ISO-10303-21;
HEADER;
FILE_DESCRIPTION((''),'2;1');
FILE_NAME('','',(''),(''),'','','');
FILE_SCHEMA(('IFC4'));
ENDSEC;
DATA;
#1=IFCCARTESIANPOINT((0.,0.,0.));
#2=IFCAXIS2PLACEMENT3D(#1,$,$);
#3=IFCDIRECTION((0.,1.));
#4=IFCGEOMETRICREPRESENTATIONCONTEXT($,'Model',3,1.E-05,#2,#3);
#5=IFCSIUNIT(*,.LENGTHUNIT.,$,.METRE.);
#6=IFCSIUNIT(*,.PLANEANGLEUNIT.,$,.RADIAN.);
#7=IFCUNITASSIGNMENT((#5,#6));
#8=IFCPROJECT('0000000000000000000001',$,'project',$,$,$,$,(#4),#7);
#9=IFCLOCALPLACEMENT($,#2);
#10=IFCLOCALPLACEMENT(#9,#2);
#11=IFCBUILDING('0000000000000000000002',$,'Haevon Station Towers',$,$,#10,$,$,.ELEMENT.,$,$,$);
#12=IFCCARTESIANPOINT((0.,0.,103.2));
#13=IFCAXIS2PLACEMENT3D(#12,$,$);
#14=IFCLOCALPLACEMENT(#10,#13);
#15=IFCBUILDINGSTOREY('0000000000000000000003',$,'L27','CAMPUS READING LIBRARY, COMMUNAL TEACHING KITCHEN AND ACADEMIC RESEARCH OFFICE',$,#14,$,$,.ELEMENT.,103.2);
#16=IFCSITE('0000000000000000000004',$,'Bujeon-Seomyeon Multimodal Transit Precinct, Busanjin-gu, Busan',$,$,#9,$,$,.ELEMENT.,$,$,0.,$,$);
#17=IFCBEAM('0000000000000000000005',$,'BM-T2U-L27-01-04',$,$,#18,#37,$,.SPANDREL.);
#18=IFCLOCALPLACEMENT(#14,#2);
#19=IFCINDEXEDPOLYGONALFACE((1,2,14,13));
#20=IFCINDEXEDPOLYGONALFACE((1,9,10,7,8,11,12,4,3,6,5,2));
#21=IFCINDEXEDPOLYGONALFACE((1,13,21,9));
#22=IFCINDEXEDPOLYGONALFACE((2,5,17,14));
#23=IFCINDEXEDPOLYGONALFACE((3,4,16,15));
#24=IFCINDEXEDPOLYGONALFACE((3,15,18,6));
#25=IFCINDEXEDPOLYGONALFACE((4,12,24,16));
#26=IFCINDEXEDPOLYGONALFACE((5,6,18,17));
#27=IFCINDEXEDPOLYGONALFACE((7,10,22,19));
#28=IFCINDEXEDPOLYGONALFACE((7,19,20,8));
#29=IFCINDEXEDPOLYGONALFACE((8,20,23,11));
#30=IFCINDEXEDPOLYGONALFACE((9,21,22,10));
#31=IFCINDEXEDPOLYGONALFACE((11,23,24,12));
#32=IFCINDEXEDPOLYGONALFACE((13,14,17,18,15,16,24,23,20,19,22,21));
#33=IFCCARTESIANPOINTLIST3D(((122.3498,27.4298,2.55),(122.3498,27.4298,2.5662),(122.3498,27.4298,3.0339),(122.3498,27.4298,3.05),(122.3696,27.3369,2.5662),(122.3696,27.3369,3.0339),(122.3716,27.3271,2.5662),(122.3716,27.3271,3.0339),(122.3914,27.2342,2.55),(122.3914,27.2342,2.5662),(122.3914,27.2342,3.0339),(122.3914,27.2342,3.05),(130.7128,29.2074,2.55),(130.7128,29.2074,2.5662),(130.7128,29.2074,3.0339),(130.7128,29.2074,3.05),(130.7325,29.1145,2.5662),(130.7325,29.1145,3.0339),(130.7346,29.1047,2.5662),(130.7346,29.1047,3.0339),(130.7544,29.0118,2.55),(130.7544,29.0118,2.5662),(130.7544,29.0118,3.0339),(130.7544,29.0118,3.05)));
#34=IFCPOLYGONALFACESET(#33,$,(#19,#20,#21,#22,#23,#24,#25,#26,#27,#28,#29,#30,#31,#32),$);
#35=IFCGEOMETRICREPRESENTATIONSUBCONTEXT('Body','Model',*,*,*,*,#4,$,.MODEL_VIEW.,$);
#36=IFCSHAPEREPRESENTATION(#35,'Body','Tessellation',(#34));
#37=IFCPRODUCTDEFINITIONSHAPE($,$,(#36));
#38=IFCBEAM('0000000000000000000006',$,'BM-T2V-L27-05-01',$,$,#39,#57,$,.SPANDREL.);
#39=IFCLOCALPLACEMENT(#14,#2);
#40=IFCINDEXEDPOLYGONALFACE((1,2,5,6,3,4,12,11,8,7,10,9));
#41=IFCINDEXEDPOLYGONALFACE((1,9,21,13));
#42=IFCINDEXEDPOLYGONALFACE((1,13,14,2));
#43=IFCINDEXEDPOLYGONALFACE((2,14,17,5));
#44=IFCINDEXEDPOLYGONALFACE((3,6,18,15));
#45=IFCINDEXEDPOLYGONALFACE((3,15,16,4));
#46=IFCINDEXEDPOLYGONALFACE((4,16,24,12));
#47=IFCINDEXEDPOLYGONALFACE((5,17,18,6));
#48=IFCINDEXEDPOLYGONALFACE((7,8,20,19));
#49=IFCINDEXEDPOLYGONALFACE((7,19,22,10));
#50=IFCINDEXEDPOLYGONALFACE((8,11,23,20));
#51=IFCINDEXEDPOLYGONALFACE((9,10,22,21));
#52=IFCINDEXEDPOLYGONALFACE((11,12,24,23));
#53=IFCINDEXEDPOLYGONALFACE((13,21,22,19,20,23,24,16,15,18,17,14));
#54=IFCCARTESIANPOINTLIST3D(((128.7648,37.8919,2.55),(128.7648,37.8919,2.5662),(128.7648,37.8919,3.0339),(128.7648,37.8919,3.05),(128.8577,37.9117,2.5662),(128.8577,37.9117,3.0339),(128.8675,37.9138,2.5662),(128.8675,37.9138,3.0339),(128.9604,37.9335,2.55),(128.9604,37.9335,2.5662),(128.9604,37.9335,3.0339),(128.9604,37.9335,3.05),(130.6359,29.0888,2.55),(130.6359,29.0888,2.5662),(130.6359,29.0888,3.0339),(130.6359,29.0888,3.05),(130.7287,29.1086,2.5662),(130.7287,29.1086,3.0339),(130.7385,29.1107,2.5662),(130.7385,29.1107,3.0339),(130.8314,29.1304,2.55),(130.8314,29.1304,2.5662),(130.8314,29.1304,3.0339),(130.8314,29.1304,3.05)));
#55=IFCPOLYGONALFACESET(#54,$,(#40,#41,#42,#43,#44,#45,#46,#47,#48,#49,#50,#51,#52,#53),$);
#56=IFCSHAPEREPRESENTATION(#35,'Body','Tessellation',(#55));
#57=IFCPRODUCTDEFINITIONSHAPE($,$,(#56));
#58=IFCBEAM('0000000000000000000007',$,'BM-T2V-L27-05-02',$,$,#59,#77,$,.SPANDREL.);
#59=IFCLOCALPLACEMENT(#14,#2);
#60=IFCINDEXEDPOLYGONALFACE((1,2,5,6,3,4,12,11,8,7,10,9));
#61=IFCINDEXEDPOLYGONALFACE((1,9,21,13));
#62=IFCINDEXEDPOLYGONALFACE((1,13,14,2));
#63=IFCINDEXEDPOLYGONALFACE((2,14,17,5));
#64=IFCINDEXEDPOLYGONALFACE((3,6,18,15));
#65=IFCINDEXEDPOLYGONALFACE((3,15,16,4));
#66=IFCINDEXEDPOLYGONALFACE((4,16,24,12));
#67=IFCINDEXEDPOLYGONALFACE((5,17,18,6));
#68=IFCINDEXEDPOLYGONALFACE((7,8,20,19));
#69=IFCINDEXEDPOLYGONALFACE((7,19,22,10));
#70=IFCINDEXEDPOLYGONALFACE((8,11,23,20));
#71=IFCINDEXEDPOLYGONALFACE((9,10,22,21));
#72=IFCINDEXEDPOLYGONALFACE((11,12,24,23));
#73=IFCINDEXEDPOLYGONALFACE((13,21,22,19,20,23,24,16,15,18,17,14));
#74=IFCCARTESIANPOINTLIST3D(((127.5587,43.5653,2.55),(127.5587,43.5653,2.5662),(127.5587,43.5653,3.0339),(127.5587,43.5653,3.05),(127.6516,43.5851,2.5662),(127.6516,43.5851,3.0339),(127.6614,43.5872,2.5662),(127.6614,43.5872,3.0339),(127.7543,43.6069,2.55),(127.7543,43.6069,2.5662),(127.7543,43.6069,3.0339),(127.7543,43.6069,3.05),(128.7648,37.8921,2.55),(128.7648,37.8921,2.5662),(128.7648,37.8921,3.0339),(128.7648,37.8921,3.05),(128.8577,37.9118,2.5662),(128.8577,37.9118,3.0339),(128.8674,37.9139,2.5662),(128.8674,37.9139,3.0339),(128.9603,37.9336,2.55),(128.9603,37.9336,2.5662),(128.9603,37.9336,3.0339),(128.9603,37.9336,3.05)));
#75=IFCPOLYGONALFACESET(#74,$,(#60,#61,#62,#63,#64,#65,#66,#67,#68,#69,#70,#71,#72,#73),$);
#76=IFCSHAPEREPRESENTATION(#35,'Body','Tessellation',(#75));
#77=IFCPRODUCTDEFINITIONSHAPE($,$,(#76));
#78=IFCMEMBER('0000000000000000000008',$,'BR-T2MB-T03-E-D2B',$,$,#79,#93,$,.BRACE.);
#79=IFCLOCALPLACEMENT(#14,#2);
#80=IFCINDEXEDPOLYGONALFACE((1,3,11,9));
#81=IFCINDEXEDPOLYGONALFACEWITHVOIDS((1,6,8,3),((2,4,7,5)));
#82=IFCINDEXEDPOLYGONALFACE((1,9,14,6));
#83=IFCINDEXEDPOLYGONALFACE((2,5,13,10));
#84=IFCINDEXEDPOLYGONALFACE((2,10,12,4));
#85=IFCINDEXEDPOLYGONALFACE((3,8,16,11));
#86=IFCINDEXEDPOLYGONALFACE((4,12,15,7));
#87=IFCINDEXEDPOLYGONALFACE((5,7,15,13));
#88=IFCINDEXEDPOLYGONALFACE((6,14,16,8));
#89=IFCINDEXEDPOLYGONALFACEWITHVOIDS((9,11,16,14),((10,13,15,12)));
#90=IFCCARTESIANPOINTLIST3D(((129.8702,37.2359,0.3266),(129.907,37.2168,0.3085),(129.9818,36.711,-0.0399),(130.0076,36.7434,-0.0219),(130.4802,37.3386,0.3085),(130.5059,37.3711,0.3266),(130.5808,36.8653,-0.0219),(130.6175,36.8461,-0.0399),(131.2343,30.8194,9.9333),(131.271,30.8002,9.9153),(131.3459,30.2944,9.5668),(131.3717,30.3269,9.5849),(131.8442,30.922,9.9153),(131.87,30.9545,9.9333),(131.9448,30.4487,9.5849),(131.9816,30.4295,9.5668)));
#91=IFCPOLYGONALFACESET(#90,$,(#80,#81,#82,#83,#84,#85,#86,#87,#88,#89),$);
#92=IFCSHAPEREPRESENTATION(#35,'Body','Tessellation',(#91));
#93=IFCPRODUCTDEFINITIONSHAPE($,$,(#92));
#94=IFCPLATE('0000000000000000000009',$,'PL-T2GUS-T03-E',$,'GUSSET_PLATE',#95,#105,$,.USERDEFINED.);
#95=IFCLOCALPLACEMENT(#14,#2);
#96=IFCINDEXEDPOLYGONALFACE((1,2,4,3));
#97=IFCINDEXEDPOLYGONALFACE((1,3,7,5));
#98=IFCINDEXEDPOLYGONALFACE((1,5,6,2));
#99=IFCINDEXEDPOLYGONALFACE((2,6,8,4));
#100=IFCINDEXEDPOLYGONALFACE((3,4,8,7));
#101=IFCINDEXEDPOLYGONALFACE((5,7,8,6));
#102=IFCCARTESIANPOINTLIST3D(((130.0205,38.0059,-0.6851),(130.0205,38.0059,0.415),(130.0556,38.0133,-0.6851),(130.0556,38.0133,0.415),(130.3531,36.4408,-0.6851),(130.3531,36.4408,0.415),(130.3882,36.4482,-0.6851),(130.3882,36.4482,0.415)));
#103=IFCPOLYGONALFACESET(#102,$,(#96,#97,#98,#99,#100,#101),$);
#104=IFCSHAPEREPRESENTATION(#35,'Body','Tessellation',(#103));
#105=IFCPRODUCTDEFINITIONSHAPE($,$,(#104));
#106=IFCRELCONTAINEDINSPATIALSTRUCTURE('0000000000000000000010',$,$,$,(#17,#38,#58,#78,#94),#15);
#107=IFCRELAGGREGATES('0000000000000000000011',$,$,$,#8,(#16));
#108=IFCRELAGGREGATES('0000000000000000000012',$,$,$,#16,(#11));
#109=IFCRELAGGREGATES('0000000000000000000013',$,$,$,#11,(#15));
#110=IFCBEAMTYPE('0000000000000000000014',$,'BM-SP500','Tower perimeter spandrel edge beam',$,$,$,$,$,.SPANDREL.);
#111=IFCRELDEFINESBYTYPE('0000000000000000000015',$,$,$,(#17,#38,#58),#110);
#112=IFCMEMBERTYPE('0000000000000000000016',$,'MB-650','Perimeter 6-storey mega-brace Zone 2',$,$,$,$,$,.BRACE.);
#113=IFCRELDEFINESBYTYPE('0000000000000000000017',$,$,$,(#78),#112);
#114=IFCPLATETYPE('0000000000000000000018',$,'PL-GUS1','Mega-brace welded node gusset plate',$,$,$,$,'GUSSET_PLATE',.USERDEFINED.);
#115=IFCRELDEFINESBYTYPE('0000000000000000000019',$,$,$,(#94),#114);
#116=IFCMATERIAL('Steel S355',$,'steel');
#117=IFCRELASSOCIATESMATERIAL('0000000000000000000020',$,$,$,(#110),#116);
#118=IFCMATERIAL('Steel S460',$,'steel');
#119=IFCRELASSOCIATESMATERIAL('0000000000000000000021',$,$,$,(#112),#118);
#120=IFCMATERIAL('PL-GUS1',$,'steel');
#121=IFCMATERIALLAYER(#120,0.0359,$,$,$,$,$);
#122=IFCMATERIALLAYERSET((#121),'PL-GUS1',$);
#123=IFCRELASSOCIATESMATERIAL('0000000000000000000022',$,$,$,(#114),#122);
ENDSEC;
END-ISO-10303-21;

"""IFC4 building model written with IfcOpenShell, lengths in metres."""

from ifc_helpers import new_model, si_unit, direction, frame, origin, origin_2d, place, context, subcontext, project, spatial, rectangle, hollow_rectangle, i_section, extrude, material, layer, layer_set, material_profile, profile_set, type_object, element, save


model = new_model("IFC4")

# Units and contexts
model_context = context("Model", 3, precision=1e-05, world=origin(), true_north=direction((0.0, 1.0)))
body_context = subcontext(model_context, "Body", "Model", "MODEL_VIEW")
ifc_project = project(units=[si_unit("LENGTHUNIT", "METRE"), si_unit("PLANEANGLEUNIT", "RADIAN")], contexts=[model_context])

# Site, building, storey
site_placement = place(None, origin())
site = spatial("IfcSite", under=ifc_project, at=site_placement, Name="Bujeon-Seomyeon Multimodal Transit Precinct, Busanjin-gu, Busan", CompositionType="ELEMENT", RefElevation=0.0)
building_placement = place(site_placement, origin())
building = spatial("IfcBuilding", under=site, at=building_placement, Name="Haevon Station Towers", CompositionType="ELEMENT")
storey_placement = place(building_placement, frame((0.0, 0.0, 103.2)))
storey = spatial("IfcBuildingStorey", under=building, at=storey_placement, Name="L27", Description="CAMPUS READING LIBRARY, COMMUNAL TEACHING KITCHEN AND ACADEMIC RESEARCH OFFICE", CompositionType="ELEMENT", Elevation=103.2)

# Shared definitions
ifc_material_1 = material(Name="Steel S460", Category="steel")

# Beams
ifc_material_2 = material(Name="Steel S355", Category="steel")
ifc_material_profile_1 = material_profile(ifc_material_2, i_section(OverallWidth=0.2, OverallDepth=0.5, WebThickness=0.01, FlangeThickness=0.0161, at=origin_2d()), Name="H-500x200x10x16")
ifc_profile_set_1 = profile_set([ifc_material_profile_1], Name="Steel S355")
beam_type_1 = type_object("IfcBeamType", Name="BM-SP500", Description="Tower perimeter spandrel edge beam", PredefinedType="SPANDREL", material=ifc_profile_set_1)
beam_1_placement = place(storey_placement, frame((122.3706, 27.332, 2.8), z_axis=(0.978148, 0.207908, 0.0), x_axis=(-0.207908, 0.978148, 0.0)))
element("IfcBeam", 1, at=beam_1_placement, inside=storey, type_object=beam_type_1, Name="BM-T2U-L27-01-04", PredefinedType="SPANDREL", context=body_context, shape_type="SweptSolid", body=[
    extrude(i_section(OverallWidth=0.2, OverallDepth=0.5, WebThickness=0.01, FlangeThickness=0.0161, at=origin_2d()), origin(), (0.0, 0.0, 1.0), 8.5498),
])
beam_2_placement = place(storey_placement, frame((130.7336, 29.1096, 2.8), z_axis=(-0.207902, 0.97815, 0.0), x_axis=(-0.97815, -0.207902, 0.0)))
element("IfcBeam", 2, at=beam_2_placement, inside=storey, type_object=beam_type_1, Name="BM-T2V-L27-05-01", PredefinedType="SPANDREL", context=body_context, shape_type="SweptSolid", body=[
    extrude(i_section(OverallWidth=0.2, OverallDepth=0.5, WebThickness=0.01, FlangeThickness=0.0161, at=origin_2d()), origin(), (0.0, 0.0, 1.0), 8.9998),
])
beam_3_placement = place(storey_placement, frame((128.8625, 37.9128, 2.8), z_axis=(-0.207936, 0.978142, 0.0), x_axis=(-0.978142, -0.207936, 0.0)))
element("IfcBeam", 3, at=beam_3_placement, inside=storey, type_object=beam_type_1, Name="BM-T2V-L27-05-02", PredefinedType="SPANDREL", context=body_context, shape_type="SweptSolid", body=[
    extrude(i_section(OverallWidth=0.2, OverallDepth=0.5, WebThickness=0.01, FlangeThickness=0.0161, at=origin_2d()), origin(), (0.0, 0.0, 1.0), 5.8),
])

# Member
ifc_material_profile_2 = material_profile(ifc_material_1, hollow_rectangle(XDim=0.6499, YDim=0.6499, WallThickness=0.032, at=origin_2d()), Name="RHS-650x650x32")
ifc_profile_set_2 = profile_set([ifc_material_profile_2], Name="Steel S460")
member_type = type_object("IfcMemberType", Name="MB-650", Description="Perimeter 6-storey mega-brace Zone 2", PredefinedType="BRACE", material=ifc_profile_set_2)
member_placement = place(storey_placement, frame((130.2439, 37.041, 0.1433), z_axis=(0.117256, -0.55159, 0.825832), x_axis=(0.978143, 0.207933, 0.0)))
element("IfcMember", 4, at=member_placement, inside=storey, type_object=member_type, Name="BR-T2MB-T03-E-D2B", PredefinedType="BRACE", context=body_context, shape_type="SweptSolid", body=[
    extrude(hollow_rectangle(XDim=0.6499, YDim=0.6499, WallThickness=0.032, at=origin_2d()), origin(), (0.0, 0.0, 1.0), 11.6328),
])

# Plate
ifc_material_3 = material(Name="PL-GUS1", Category="steel")
ifc_layer_1 = layer(ifc_material_3, 0.0359)
ifc_layer_set_1 = layer_set([ifc_layer_1], Name="PL-GUS1")
plate_type = type_object("IfcPlateType", Name="PL-GUS1", Description="Mega-brace welded node gusset plate", ElementType="GUSSET_PLATE", PredefinedType="USERDEFINED", material=ifc_layer_set_1)
plate_placement = place(storey_placement, frame((130.2043, 37.2271, -0.6851), z_axis=(0.0, 0.0, 1.0), x_axis=(-0.207912, 0.978148, 0.0)))
element("IfcPlate", 5, at=plate_placement, inside=storey, type_object=plate_type, Name="PL-T2GUS-T03-E", ObjectType="GUSSET_PLATE", PredefinedType="USERDEFINED", context=body_context, shape_type="SweptSolid", body=[
    extrude(rectangle(XDim=1.6001, YDim=0.0359, at=origin_2d()), origin(), (0.0, 0.0, 1.0), 1.1001),
])

save(model, "model.ifc")
